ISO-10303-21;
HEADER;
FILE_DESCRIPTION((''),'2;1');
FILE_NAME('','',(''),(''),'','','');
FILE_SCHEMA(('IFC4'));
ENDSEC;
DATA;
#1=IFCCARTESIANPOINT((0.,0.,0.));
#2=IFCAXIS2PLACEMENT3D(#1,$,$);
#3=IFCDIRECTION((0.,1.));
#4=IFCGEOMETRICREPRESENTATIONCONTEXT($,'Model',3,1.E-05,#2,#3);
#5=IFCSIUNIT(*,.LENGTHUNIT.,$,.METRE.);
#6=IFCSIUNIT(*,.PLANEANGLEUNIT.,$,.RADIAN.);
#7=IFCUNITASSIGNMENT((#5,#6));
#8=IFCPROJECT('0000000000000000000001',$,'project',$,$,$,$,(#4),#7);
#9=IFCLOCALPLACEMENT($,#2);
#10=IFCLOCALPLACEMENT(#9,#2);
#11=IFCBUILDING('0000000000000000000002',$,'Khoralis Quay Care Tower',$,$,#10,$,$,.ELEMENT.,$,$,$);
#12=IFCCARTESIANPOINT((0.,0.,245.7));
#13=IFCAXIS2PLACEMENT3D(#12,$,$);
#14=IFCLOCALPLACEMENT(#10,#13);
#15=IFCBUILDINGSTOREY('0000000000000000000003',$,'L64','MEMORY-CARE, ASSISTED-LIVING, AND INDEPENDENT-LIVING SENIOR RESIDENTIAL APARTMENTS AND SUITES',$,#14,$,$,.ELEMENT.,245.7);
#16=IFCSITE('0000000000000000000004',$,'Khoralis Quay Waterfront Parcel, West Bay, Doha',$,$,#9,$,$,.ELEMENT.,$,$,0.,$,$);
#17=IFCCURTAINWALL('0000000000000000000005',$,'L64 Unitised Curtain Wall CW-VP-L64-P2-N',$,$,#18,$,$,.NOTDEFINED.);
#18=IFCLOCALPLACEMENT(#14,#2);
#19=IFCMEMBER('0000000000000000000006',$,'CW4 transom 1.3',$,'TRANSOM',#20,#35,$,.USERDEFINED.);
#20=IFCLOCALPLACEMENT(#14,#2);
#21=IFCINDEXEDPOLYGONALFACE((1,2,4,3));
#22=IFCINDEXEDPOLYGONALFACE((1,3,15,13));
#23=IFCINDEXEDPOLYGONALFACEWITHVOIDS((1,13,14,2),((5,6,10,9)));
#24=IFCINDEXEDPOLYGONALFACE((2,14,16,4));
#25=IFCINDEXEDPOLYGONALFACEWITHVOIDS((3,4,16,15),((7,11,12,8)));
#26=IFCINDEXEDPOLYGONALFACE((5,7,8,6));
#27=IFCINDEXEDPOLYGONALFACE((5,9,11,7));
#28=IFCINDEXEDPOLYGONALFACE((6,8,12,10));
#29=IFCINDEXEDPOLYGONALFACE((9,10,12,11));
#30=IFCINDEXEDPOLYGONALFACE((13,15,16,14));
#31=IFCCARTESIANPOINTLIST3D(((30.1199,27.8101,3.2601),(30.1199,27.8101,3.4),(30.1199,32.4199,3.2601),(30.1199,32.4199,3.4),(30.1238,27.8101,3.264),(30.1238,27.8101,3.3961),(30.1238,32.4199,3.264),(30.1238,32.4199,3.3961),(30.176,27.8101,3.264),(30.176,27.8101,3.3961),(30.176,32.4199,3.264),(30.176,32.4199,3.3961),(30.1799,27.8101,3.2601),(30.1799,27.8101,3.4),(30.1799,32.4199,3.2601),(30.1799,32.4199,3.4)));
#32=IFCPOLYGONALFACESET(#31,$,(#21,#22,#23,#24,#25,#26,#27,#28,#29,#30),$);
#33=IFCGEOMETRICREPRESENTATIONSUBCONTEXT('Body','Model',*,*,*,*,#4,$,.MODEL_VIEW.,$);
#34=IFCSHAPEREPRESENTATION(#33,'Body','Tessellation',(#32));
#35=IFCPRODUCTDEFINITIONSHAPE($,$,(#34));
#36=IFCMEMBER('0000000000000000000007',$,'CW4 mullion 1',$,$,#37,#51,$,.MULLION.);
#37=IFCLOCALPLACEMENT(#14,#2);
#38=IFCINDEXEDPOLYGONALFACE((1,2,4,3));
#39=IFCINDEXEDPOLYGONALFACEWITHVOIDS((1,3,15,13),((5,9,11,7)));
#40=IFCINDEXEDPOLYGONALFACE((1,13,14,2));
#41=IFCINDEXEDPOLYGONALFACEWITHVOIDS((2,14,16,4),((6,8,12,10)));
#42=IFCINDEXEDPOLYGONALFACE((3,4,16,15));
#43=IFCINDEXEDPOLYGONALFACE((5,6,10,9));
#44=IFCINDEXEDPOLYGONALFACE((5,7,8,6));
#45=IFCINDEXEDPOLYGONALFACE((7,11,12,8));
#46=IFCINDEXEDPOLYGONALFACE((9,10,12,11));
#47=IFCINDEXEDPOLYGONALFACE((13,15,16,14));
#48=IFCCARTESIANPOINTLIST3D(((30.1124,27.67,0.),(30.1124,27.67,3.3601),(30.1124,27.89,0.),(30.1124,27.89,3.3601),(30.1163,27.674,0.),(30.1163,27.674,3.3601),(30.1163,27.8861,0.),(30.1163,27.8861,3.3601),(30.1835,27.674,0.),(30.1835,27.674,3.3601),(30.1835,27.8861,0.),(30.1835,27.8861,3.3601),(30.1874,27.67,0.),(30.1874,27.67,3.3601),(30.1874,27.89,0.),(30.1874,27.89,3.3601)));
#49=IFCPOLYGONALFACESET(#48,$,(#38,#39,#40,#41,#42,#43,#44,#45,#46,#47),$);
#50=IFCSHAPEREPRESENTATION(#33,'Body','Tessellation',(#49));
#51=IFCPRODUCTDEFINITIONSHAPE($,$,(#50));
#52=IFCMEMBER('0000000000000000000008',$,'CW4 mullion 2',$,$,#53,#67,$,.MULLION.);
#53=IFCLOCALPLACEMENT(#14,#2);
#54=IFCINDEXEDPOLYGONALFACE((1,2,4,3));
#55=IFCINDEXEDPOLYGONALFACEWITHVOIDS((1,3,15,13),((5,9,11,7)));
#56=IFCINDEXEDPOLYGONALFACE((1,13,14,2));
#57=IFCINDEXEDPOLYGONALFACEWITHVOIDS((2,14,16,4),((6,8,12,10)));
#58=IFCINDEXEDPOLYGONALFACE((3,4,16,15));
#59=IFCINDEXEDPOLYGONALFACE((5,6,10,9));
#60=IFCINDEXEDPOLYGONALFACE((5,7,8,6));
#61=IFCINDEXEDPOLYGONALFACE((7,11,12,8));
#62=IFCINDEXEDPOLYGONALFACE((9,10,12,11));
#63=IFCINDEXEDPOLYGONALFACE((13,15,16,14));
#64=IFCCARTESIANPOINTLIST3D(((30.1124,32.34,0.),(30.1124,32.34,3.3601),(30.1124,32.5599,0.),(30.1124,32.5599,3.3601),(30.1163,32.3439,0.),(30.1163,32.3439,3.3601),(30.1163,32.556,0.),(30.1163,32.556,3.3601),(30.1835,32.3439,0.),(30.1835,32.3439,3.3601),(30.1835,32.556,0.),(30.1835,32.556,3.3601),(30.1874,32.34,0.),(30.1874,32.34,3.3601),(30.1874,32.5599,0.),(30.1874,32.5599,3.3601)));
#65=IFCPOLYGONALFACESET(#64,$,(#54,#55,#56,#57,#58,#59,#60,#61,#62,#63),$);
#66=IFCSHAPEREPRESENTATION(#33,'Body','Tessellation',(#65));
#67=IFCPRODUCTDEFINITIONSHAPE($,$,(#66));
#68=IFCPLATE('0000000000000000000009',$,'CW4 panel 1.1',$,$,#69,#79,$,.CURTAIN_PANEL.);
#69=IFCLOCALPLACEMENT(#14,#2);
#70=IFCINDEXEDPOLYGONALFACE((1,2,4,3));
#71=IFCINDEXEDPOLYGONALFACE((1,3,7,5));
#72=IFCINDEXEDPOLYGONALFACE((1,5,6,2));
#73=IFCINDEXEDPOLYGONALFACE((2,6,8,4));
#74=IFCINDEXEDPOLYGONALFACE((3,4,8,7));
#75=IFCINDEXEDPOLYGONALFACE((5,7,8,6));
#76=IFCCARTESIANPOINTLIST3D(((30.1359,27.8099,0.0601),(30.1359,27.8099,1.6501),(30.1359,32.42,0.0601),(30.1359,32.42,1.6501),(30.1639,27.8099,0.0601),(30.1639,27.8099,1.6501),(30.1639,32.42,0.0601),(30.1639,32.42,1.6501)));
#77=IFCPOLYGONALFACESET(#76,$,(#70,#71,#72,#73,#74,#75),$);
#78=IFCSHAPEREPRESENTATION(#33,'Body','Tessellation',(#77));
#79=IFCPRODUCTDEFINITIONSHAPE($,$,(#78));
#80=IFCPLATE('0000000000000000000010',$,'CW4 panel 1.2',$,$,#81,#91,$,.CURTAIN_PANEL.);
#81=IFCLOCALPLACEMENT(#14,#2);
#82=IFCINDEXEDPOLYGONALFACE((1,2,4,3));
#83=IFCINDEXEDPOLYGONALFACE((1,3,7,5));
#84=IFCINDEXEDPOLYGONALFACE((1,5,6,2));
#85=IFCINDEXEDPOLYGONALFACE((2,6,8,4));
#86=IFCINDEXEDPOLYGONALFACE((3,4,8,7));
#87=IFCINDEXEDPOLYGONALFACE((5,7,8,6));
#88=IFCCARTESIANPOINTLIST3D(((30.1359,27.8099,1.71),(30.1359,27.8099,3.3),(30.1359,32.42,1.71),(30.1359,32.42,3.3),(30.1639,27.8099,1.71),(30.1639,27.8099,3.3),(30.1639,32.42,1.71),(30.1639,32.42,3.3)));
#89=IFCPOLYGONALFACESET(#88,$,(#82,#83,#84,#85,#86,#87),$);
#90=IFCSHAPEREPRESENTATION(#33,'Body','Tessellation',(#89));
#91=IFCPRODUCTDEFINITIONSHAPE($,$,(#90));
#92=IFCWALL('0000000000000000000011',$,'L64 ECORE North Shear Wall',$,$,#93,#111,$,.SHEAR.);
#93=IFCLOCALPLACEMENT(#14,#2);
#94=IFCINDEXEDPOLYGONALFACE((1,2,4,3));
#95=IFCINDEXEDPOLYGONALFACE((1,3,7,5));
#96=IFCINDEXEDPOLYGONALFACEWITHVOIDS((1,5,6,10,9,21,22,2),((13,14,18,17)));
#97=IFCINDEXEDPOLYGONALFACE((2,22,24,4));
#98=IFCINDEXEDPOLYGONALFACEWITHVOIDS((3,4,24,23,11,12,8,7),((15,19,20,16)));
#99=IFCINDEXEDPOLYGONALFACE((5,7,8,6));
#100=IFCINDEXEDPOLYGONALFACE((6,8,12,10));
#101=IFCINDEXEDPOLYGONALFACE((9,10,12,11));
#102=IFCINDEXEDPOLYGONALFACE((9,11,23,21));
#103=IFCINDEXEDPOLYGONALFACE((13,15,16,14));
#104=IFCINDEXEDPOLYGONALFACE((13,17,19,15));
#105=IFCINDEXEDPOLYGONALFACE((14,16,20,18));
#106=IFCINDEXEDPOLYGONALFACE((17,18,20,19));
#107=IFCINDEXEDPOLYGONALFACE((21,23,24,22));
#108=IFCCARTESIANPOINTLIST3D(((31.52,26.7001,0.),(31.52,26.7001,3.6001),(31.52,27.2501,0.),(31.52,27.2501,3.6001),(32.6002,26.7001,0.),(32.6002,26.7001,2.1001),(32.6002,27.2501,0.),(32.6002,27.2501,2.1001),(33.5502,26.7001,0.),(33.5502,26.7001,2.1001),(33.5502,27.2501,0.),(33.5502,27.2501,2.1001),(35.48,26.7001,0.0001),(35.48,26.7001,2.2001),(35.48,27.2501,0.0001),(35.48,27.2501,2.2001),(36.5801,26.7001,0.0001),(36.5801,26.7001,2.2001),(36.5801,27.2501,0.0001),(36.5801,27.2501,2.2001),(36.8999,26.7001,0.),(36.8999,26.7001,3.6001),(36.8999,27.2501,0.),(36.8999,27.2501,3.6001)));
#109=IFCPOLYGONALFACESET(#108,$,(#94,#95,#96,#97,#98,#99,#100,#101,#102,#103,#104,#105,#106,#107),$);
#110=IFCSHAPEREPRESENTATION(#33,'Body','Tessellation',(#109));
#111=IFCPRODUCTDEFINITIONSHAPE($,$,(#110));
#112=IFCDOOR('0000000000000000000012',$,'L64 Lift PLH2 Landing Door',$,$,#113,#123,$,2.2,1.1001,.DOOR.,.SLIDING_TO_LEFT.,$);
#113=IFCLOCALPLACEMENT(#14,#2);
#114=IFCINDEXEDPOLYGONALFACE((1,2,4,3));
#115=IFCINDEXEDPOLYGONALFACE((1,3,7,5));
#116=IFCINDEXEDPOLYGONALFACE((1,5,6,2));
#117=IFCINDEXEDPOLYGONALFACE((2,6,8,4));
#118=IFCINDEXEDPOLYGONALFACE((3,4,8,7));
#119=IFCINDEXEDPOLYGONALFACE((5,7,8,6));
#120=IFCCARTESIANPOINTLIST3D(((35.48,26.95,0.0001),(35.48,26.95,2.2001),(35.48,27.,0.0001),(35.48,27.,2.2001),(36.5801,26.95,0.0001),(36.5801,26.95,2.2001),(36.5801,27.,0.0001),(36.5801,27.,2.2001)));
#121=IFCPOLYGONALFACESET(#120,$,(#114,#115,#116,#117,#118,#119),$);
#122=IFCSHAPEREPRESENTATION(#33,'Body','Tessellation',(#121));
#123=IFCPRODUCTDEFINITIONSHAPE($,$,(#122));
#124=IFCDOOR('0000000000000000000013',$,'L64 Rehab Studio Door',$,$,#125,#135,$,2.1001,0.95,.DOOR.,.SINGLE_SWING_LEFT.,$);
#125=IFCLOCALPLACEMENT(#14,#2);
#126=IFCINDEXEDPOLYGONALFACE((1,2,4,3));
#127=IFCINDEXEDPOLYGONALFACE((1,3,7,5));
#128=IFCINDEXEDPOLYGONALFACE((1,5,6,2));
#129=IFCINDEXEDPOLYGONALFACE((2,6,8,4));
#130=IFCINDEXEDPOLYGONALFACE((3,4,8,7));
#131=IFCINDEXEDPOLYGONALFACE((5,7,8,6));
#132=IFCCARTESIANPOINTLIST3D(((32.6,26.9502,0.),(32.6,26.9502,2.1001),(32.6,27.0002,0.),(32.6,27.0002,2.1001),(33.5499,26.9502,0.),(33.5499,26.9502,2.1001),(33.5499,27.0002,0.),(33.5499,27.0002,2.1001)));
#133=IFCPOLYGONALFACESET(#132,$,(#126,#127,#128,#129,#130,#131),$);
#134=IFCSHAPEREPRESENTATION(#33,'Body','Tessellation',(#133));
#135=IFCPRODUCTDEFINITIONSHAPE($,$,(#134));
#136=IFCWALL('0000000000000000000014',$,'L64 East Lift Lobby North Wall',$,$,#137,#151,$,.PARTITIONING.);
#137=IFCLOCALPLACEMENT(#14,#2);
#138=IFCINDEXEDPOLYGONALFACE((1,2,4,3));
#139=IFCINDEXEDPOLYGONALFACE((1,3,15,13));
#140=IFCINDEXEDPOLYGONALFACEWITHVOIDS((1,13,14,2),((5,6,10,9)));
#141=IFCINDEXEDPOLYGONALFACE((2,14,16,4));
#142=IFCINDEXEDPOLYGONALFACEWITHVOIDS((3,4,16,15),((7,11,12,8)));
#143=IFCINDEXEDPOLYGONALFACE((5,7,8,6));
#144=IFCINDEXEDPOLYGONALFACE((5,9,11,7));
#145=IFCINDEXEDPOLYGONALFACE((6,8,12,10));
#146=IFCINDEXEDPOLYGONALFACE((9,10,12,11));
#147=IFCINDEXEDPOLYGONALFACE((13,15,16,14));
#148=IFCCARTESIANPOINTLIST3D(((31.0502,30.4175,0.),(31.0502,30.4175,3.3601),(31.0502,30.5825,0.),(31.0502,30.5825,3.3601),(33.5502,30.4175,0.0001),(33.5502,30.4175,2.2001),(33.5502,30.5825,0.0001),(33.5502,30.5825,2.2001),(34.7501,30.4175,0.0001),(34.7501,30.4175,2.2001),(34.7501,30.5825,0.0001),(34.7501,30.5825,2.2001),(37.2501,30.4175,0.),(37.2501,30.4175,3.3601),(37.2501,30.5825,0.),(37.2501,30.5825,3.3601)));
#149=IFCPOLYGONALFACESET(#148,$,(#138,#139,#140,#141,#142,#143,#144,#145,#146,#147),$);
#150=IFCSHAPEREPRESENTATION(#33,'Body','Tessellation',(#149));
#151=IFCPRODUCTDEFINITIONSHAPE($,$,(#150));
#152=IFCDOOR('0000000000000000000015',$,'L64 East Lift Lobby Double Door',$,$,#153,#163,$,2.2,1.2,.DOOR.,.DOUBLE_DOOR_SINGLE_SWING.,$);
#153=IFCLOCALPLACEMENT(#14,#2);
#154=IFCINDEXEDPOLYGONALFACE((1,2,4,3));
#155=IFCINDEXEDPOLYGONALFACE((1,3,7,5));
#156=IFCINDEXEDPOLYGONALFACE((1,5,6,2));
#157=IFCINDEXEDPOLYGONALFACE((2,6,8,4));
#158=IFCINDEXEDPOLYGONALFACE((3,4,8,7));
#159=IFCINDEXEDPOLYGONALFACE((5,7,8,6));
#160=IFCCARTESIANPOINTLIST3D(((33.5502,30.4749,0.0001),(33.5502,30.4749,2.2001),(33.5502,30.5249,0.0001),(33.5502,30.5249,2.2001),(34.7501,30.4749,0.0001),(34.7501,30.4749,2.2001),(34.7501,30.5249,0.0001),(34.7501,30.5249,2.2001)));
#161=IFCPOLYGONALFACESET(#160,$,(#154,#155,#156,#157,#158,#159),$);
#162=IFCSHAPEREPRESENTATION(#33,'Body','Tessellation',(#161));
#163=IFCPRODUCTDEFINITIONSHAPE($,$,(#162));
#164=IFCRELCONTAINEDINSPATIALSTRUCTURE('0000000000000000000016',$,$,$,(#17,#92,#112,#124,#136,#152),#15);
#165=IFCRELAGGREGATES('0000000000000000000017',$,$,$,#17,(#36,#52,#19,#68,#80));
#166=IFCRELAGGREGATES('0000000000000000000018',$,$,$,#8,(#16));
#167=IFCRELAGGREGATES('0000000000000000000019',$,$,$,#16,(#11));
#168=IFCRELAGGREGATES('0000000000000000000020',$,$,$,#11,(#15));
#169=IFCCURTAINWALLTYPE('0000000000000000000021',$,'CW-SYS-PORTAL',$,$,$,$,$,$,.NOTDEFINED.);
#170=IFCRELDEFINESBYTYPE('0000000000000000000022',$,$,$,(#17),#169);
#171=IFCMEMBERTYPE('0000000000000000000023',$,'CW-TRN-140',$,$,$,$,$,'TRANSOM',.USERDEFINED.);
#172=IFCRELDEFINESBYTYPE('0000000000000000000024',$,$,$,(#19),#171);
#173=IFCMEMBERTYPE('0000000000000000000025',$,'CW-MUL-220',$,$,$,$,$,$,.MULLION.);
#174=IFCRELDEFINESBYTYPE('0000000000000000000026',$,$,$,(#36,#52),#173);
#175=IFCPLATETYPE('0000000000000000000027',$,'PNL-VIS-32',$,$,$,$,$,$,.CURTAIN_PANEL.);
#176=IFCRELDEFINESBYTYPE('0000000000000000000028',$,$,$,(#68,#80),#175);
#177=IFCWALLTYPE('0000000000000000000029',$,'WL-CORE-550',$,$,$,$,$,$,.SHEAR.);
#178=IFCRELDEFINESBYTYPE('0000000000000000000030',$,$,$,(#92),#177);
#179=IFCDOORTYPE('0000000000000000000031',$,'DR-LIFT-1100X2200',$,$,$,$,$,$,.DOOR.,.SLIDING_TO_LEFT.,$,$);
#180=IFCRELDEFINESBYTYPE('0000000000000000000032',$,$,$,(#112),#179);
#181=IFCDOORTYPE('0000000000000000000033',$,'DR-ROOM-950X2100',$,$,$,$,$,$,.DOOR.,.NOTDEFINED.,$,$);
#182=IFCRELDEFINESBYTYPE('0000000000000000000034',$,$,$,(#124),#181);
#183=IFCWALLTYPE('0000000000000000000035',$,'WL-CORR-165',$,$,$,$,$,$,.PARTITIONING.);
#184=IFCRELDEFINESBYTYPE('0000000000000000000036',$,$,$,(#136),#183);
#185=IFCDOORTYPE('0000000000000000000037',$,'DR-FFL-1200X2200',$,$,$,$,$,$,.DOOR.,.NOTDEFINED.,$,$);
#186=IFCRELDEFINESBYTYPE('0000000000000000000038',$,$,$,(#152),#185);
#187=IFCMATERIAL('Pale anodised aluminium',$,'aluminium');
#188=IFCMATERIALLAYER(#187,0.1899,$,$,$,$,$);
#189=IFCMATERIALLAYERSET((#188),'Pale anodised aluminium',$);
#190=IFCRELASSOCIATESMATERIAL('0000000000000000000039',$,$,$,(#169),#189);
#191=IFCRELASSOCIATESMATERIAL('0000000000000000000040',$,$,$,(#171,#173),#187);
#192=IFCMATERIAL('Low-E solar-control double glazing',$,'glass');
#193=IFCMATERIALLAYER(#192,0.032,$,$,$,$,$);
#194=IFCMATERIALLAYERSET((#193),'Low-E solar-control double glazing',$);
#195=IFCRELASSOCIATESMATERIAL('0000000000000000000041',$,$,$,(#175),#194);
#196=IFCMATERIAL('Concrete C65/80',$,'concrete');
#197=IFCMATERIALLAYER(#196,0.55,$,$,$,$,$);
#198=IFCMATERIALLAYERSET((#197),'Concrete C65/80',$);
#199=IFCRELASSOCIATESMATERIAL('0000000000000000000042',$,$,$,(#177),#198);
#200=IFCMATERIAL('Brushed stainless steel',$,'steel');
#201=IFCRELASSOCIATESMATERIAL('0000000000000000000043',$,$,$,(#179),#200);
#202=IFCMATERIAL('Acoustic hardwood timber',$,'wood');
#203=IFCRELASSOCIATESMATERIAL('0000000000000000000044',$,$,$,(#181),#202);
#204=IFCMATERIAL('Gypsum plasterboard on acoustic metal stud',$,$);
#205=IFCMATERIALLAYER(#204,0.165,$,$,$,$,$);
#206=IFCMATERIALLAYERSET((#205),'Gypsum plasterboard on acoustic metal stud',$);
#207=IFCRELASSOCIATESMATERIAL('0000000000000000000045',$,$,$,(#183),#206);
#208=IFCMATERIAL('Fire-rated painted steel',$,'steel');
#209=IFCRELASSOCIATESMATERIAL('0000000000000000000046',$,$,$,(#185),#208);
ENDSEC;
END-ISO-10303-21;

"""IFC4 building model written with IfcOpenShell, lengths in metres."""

from ifc_helpers import new_model, si_unit, direction, frame, frame_2d, origin, origin_2d, place, context, subcontext, project, spatial, rectangle, hollow_rectangle, extrude, source, transform, mapped, material, layer, layer_set, material_profile, profile_set, type_object, element, fill, aggregate, save


model = new_model("IFC4")

# Units and contexts
model_context = context("Model", 3, precision=1e-05, world=origin(), true_north=direction((0.0, 1.0)))
body_context = subcontext(model_context, "Body", "Model", "MODEL_VIEW")
ifc_project = project(units=[si_unit("LENGTHUNIT", "METRE"), si_unit("PLANEANGLEUNIT", "RADIAN")], contexts=[model_context])

# Site, building, storey
site_placement = place(None, origin())
site = spatial("IfcSite", under=ifc_project, at=site_placement, Name="Khoralis Quay Waterfront Parcel, West Bay, Doha", CompositionType="ELEMENT", RefElevation=0.0)
building_placement = place(site_placement, origin())
building = spatial("IfcBuilding", under=site, at=building_placement, Name="Khoralis Quay Care Tower", CompositionType="ELEMENT")
storey_placement = place(building_placement, frame((0.0, 0.0, 245.7)))
storey = spatial("IfcBuildingStorey", under=building, at=storey_placement, Name="L64", Description="MEMORY-CARE, ASSISTED-LIVING, AND INDEPENDENT-LIVING SENIOR RESIDENTIAL APARTMENTS AND SUITES", CompositionType="ELEMENT", Elevation=245.7)

# Curtain wall, members, plates
ifc_material_1 = material(Name="Pale anodised aluminium", Category="aluminium")
ifc_layer_1 = layer(ifc_material_1, 0.1899)
ifc_layer_set_1 = layer_set([ifc_layer_1], Name="Pale anodised aluminium")
curtain_wall_type = type_object("IfcCurtainWallType", Name="CW-SYS-PORTAL", PredefinedType="NOTDEFINED", material=ifc_layer_set_1)
curtain_wall_placement = place(storey_placement, origin())
curtain_wall = element("IfcCurtainWall", 1, at=curtain_wall_placement, inside=storey, type_object=curtain_wall_type, Name="L64 Unitised Curtain Wall CW-VP-L64-P2-N", PredefinedType="NOTDEFINED")
ifc_material_profile_1 = material_profile(ifc_material_1, hollow_rectangle(XDim=0.0601, YDim=0.1399, WallThickness=0.0039, at=origin_2d()), Name="Pale anodised aluminium")
ifc_profile_set_1 = profile_set([ifc_material_profile_1], Name="Pale anodised aluminium")
member_type_1 = type_object("IfcMemberType", Name="CW-TRN-140", ElementType="TRANSOM", PredefinedType="USERDEFINED", material=ifc_profile_set_1)
shared_shape_1 = source(origin(), body_context, "Body", "SweptSolid", [
    extrude(hollow_rectangle(XDim=0.0601, YDim=0.1399, WallThickness=0.0039, at=origin_2d()), origin(), (0.0, 0.0, 1.0), 4.6099),
])
member_1_placement = place(storey_placement, frame((30.1499, 27.8101, 3.3301), z_axis=(0.0, 1.0, 0.0), x_axis=(-1.0, 0.0, 0.0)))
member_1 = element("IfcMember", 2, at=member_1_placement, type_object=member_type_1, Name="CW4 transom 1.3", ObjectType="TRANSOM", PredefinedType="USERDEFINED", context=body_context, shape_type="MappedRepresentation", body=[
    mapped(shared_shape_1, transform((0.0, 0.0, 0.0), scale=1.0)),
])
ifc_material_profile_2 = material_profile(ifc_material_1, hollow_rectangle(XDim=0.075, YDim=0.22, WallThickness=0.0039, at=origin_2d()), Name="Pale anodised aluminium")
ifc_profile_set_2 = profile_set([ifc_material_profile_2], Name="Pale anodised aluminium")
member_type_2 = type_object("IfcMemberType", Name="CW-MUL-220", PredefinedType="MULLION", material=ifc_profile_set_2)
shared_shape_2 = source(origin(), body_context, "Body", "SweptSolid", [
    extrude(hollow_rectangle(XDim=0.075, YDim=0.22, WallThickness=0.0039, at=origin_2d()), origin(), (0.0, 0.0, 1.0), 3.3601),
])
member_2_placement = place(storey_placement, frame((30.1499, 27.78, 0.0), z_axis=(0.0, 0.0, 1.0), x_axis=(-1.0, 0.0, 0.0)))
member_2 = element("IfcMember", 3, at=member_2_placement, type_object=member_type_2, Name="CW4 mullion 1", PredefinedType="MULLION", context=body_context, shape_type="MappedRepresentation", body=[
    mapped(shared_shape_2, transform((0.0, 0.0, 0.0), scale=1.0)),
])
member_3_placement = place(storey_placement, frame((30.1499, 32.45, 0.0), z_axis=(0.0, 0.0, 1.0), x_axis=(-1.0, 0.0, 0.0)))
member_3 = element("IfcMember", 4, at=member_3_placement, type_object=member_type_2, Name="CW4 mullion 2", PredefinedType="MULLION", context=body_context, shape_type="MappedRepresentation", body=[
    mapped(shared_shape_2, transform((0.0, 0.0, 0.0), scale=1.0)),
])
ifc_material_2 = material(Name="Low-E solar-control double glazing", Category="glass")
ifc_layer_2 = layer(ifc_material_2, 0.032)
ifc_layer_set_2 = layer_set([ifc_layer_2], Name="Low-E solar-control double glazing")
plate_type = type_object("IfcPlateType", Name="PNL-VIS-32", PredefinedType="CURTAIN_PANEL", material=ifc_layer_set_2)
shared_shape_3 = source(origin(), body_context, "Body", "SweptSolid", [
    extrude(rectangle(XDim=4.6101, YDim=0.0281, at=origin_2d()), origin(), (0.0, 0.0, 1.0), 1.5901),
])
plate_1_placement = place(storey_placement, frame((30.1499, 30.115, 0.0601), z_axis=(0.0, 0.0, 1.0), x_axis=(0.0, 1.0, 0.0)))
plate_1 = element("IfcPlate", 5, at=plate_1_placement, type_object=plate_type, Name="CW4 panel 1.1", PredefinedType="CURTAIN_PANEL", context=body_context, shape_type="MappedRepresentation", body=[
    mapped(shared_shape_3, transform((0.0, 0.0, 0.0), scale=1.0)),
])
plate_2_placement = place(storey_placement, frame((30.1499, 30.115, 1.71), z_axis=(0.0, 0.0, 1.0), x_axis=(0.0, 1.0, 0.0)))
plate_2 = element("IfcPlate", 6, at=plate_2_placement, type_object=plate_type, Name="CW4 panel 1.2", PredefinedType="CURTAIN_PANEL", context=body_context, shape_type="MappedRepresentation", body=[
    mapped(shared_shape_3, transform((0.0, 0.0, 0.0), scale=1.0)),
])
aggregate(curtain_wall, [member_2, member_3, member_1, plate_1, plate_2])

# Wall, openings, doors
ifc_material_3 = material(Name="Concrete C65/80", Category="concrete")
ifc_layer_3 = layer(ifc_material_3, 0.55)
ifc_layer_set_3 = layer_set([ifc_layer_3], Name="Concrete C65/80")
wall_type_1 = type_object("IfcWallType", Name="WL-CORE-550", PredefinedType="SHEAR", material=ifc_layer_set_3)
wall_1_placement = place(storey_placement, frame((31.52, 26.9751, 0.0), z_axis=(0.0, 0.0, 1.0), x_axis=(1.0, 0.0, 0.0)))
wall_1 = element("IfcWall", 7, at=wall_1_placement, inside=storey, type_object=wall_type_1, Name="L64 ECORE North Shear Wall", PredefinedType="SHEAR", context=body_context, shape_type="SweptSolid", body=[
    extrude(rectangle(XDim=5.3799, YDim=0.55, at=frame_2d((2.6899, 0.0))), origin(), (0.0, 0.0, 1.0), 3.6001),
])
opening_1_placement = place(wall_1_placement, frame((1.0801, 0.0, 0.0)))
opening_1 = element("IfcOpeningElement", 8, at=opening_1_placement, cuts=wall_1, PredefinedType="OPENING", context=body_context, shape_type="SweptSolid", body=[
    extrude(rectangle(XDim=0.95, YDim=2.1001, at=frame_2d((0.4751, 1.05))), frame((0.0, 0.2852, 0.0), z_axis=(0.0, -1.0, 0.0), x_axis=(1.0, 0.0, 0.0)), (0.0, 0.0, 1.0), 0.5701),
])
opening_2_placement = place(wall_1_placement, frame((3.96, 0.0, 0.0)))
opening_2 = element("IfcOpeningElement", 9, at=opening_2_placement, cuts=wall_1, PredefinedType="OPENING", context=body_context, shape_type="SweptSolid", body=[
    extrude(rectangle(XDim=1.1001, YDim=2.2, at=frame_2d((0.55, 1.1001))), frame((0.0, 0.2852, 0.0), z_axis=(0.0, -1.0, 0.0), x_axis=(1.0, 0.0, 0.0)), (0.0, 0.0, 1.0), 0.5701),
])
ifc_material_4 = material(Name="Brushed stainless steel", Category="steel")
door_type_1 = type_object("IfcDoorType", Name="DR-LIFT-1100X2200", OperationType="SLIDING_TO_LEFT", PredefinedType="DOOR", material=ifc_material_4)
shared_shape_4 = source(origin(), body_context, "Body", "SweptSolid", [
    extrude(rectangle(XDim=1.1001, YDim=2.2, at=frame_2d((0.55, 1.1001))), frame((0.0, 0.0249, 0.0), z_axis=(0.0, -1.0, 0.0), x_axis=(1.0, 0.0, 0.0)), (0.0, 0.0, 1.0), 0.05),
])
door_1_placement = place(opening_2_placement, origin())
door_1 = element("IfcDoor", 10, at=door_1_placement, inside=storey, type_object=door_type_1, Name="L64 Lift PLH2 Landing Door", OperationType="SLIDING_TO_LEFT", OverallHeight=2.2, OverallWidth=1.1001, PredefinedType="DOOR", context=body_context, shape_type="MappedRepresentation", body=[
    mapped(shared_shape_4, transform((0.0, 0.0, 0.0), scale=1.0)),
])
fill(opening_2, door_1)
ifc_material_5 = material(Name="Acoustic hardwood timber", Category="wood")
door_type_2 = type_object("IfcDoorType", Name="DR-ROOM-950X2100", OperationType="NOTDEFINED", PredefinedType="DOOR", material=ifc_material_5)
shared_shape_5 = source(origin(), body_context, "Body", "SweptSolid", [
    extrude(rectangle(XDim=0.95, YDim=2.1001, at=frame_2d((0.4751, 1.05))), frame((0.0, 0.0249, 0.0), z_axis=(0.0, -1.0, 0.0), x_axis=(1.0, 0.0, 0.0)), (0.0, 0.0, 1.0), 0.05),
])
door_2_placement = place(opening_1_placement, frame((0.95, 0.0, 0.0), z_axis=(0.0, 0.0, 1.0), x_axis=(-1.0, 0.0, 0.0)))
door_2 = element("IfcDoor", 11, at=door_2_placement, inside=storey, type_object=door_type_2, Name="L64 Rehab Studio Door", OperationType="SINGLE_SWING_LEFT", OverallHeight=2.1001, OverallWidth=0.95, PredefinedType="DOOR", context=body_context, shape_type="MappedRepresentation", body=[
    mapped(shared_shape_5, transform((0.0, 0.0, 0.0), scale=1.0)),
])
fill(opening_1, door_2)

# Wall, opening, door
ifc_material_6 = material(Name="Gypsum plasterboard on acoustic metal stud")
ifc_layer_4 = layer(ifc_material_6, 0.165)
ifc_layer_set_4 = layer_set([ifc_layer_4], Name="Gypsum plasterboard on acoustic metal stud")
wall_type_2 = type_object("IfcWallType", Name="WL-CORR-165", PredefinedType="PARTITIONING", material=ifc_layer_set_4)
wall_2_placement = place(storey_placement, frame((31.05, 30.5, 0.0), z_axis=(0.0, 0.0, 1.0), x_axis=(1.0, 0.0, 0.0)))
wall_2 = element("IfcWall", 12, at=wall_2_placement, inside=storey, type_object=wall_type_2, Name="L64 East Lift Lobby North Wall", PredefinedType="PARTITIONING", context=body_context, shape_type="SweptSolid", body=[
    extrude(rectangle(XDim=6.2, YDim=0.165, at=frame_2d((3.1001, 0.0))), origin(), (0.0, 0.0, 1.0), 3.3601),
])
opening_3_placement = place(wall_2_placement, frame((2.5, 0.0, 0.0)))
opening_3 = element("IfcOpeningElement", 13, at=opening_3_placement, cuts=wall_2, PredefinedType="OPENING", context=body_context, shape_type="SweptSolid", body=[
    extrude(rectangle(XDim=1.2, YDim=2.2, at=frame_2d((0.6001, 1.1001))), frame((0.0, 0.0925, 0.0), z_axis=(0.0, -1.0, 0.0), x_axis=(1.0, 0.0, 0.0)), (0.0, 0.0, 1.0), 0.1851),
])
ifc_material_7 = material(Name="Fire-rated painted steel", Category="steel")
door_type_3 = type_object("IfcDoorType", Name="DR-FFL-1200X2200", OperationType="NOTDEFINED", PredefinedType="DOOR", material=ifc_material_7)
shared_shape_6 = source(origin(), body_context, "Body", "SweptSolid", [
    extrude(rectangle(XDim=1.2, YDim=2.2, at=frame_2d((0.6001, 1.1001))), frame((0.0, 0.0249, 0.0), z_axis=(0.0, -1.0, 0.0), x_axis=(1.0, 0.0, 0.0)), (0.0, 0.0, 1.0), 0.05),
])
door_3_placement = place(opening_3_placement, origin())
door_3 = element("IfcDoor", 14, at=door_3_placement, inside=storey, type_object=door_type_3, Name="L64 East Lift Lobby Double Door", OperationType="DOUBLE_DOOR_SINGLE_SWING", OverallHeight=2.2, OverallWidth=1.2, PredefinedType="DOOR", context=body_context, shape_type="MappedRepresentation", body=[
    mapped(shared_shape_6, transform((0.0, 0.0, 0.0), scale=1.0)),
])
fill(opening_3, door_3)

save(model, "model.ifc")
